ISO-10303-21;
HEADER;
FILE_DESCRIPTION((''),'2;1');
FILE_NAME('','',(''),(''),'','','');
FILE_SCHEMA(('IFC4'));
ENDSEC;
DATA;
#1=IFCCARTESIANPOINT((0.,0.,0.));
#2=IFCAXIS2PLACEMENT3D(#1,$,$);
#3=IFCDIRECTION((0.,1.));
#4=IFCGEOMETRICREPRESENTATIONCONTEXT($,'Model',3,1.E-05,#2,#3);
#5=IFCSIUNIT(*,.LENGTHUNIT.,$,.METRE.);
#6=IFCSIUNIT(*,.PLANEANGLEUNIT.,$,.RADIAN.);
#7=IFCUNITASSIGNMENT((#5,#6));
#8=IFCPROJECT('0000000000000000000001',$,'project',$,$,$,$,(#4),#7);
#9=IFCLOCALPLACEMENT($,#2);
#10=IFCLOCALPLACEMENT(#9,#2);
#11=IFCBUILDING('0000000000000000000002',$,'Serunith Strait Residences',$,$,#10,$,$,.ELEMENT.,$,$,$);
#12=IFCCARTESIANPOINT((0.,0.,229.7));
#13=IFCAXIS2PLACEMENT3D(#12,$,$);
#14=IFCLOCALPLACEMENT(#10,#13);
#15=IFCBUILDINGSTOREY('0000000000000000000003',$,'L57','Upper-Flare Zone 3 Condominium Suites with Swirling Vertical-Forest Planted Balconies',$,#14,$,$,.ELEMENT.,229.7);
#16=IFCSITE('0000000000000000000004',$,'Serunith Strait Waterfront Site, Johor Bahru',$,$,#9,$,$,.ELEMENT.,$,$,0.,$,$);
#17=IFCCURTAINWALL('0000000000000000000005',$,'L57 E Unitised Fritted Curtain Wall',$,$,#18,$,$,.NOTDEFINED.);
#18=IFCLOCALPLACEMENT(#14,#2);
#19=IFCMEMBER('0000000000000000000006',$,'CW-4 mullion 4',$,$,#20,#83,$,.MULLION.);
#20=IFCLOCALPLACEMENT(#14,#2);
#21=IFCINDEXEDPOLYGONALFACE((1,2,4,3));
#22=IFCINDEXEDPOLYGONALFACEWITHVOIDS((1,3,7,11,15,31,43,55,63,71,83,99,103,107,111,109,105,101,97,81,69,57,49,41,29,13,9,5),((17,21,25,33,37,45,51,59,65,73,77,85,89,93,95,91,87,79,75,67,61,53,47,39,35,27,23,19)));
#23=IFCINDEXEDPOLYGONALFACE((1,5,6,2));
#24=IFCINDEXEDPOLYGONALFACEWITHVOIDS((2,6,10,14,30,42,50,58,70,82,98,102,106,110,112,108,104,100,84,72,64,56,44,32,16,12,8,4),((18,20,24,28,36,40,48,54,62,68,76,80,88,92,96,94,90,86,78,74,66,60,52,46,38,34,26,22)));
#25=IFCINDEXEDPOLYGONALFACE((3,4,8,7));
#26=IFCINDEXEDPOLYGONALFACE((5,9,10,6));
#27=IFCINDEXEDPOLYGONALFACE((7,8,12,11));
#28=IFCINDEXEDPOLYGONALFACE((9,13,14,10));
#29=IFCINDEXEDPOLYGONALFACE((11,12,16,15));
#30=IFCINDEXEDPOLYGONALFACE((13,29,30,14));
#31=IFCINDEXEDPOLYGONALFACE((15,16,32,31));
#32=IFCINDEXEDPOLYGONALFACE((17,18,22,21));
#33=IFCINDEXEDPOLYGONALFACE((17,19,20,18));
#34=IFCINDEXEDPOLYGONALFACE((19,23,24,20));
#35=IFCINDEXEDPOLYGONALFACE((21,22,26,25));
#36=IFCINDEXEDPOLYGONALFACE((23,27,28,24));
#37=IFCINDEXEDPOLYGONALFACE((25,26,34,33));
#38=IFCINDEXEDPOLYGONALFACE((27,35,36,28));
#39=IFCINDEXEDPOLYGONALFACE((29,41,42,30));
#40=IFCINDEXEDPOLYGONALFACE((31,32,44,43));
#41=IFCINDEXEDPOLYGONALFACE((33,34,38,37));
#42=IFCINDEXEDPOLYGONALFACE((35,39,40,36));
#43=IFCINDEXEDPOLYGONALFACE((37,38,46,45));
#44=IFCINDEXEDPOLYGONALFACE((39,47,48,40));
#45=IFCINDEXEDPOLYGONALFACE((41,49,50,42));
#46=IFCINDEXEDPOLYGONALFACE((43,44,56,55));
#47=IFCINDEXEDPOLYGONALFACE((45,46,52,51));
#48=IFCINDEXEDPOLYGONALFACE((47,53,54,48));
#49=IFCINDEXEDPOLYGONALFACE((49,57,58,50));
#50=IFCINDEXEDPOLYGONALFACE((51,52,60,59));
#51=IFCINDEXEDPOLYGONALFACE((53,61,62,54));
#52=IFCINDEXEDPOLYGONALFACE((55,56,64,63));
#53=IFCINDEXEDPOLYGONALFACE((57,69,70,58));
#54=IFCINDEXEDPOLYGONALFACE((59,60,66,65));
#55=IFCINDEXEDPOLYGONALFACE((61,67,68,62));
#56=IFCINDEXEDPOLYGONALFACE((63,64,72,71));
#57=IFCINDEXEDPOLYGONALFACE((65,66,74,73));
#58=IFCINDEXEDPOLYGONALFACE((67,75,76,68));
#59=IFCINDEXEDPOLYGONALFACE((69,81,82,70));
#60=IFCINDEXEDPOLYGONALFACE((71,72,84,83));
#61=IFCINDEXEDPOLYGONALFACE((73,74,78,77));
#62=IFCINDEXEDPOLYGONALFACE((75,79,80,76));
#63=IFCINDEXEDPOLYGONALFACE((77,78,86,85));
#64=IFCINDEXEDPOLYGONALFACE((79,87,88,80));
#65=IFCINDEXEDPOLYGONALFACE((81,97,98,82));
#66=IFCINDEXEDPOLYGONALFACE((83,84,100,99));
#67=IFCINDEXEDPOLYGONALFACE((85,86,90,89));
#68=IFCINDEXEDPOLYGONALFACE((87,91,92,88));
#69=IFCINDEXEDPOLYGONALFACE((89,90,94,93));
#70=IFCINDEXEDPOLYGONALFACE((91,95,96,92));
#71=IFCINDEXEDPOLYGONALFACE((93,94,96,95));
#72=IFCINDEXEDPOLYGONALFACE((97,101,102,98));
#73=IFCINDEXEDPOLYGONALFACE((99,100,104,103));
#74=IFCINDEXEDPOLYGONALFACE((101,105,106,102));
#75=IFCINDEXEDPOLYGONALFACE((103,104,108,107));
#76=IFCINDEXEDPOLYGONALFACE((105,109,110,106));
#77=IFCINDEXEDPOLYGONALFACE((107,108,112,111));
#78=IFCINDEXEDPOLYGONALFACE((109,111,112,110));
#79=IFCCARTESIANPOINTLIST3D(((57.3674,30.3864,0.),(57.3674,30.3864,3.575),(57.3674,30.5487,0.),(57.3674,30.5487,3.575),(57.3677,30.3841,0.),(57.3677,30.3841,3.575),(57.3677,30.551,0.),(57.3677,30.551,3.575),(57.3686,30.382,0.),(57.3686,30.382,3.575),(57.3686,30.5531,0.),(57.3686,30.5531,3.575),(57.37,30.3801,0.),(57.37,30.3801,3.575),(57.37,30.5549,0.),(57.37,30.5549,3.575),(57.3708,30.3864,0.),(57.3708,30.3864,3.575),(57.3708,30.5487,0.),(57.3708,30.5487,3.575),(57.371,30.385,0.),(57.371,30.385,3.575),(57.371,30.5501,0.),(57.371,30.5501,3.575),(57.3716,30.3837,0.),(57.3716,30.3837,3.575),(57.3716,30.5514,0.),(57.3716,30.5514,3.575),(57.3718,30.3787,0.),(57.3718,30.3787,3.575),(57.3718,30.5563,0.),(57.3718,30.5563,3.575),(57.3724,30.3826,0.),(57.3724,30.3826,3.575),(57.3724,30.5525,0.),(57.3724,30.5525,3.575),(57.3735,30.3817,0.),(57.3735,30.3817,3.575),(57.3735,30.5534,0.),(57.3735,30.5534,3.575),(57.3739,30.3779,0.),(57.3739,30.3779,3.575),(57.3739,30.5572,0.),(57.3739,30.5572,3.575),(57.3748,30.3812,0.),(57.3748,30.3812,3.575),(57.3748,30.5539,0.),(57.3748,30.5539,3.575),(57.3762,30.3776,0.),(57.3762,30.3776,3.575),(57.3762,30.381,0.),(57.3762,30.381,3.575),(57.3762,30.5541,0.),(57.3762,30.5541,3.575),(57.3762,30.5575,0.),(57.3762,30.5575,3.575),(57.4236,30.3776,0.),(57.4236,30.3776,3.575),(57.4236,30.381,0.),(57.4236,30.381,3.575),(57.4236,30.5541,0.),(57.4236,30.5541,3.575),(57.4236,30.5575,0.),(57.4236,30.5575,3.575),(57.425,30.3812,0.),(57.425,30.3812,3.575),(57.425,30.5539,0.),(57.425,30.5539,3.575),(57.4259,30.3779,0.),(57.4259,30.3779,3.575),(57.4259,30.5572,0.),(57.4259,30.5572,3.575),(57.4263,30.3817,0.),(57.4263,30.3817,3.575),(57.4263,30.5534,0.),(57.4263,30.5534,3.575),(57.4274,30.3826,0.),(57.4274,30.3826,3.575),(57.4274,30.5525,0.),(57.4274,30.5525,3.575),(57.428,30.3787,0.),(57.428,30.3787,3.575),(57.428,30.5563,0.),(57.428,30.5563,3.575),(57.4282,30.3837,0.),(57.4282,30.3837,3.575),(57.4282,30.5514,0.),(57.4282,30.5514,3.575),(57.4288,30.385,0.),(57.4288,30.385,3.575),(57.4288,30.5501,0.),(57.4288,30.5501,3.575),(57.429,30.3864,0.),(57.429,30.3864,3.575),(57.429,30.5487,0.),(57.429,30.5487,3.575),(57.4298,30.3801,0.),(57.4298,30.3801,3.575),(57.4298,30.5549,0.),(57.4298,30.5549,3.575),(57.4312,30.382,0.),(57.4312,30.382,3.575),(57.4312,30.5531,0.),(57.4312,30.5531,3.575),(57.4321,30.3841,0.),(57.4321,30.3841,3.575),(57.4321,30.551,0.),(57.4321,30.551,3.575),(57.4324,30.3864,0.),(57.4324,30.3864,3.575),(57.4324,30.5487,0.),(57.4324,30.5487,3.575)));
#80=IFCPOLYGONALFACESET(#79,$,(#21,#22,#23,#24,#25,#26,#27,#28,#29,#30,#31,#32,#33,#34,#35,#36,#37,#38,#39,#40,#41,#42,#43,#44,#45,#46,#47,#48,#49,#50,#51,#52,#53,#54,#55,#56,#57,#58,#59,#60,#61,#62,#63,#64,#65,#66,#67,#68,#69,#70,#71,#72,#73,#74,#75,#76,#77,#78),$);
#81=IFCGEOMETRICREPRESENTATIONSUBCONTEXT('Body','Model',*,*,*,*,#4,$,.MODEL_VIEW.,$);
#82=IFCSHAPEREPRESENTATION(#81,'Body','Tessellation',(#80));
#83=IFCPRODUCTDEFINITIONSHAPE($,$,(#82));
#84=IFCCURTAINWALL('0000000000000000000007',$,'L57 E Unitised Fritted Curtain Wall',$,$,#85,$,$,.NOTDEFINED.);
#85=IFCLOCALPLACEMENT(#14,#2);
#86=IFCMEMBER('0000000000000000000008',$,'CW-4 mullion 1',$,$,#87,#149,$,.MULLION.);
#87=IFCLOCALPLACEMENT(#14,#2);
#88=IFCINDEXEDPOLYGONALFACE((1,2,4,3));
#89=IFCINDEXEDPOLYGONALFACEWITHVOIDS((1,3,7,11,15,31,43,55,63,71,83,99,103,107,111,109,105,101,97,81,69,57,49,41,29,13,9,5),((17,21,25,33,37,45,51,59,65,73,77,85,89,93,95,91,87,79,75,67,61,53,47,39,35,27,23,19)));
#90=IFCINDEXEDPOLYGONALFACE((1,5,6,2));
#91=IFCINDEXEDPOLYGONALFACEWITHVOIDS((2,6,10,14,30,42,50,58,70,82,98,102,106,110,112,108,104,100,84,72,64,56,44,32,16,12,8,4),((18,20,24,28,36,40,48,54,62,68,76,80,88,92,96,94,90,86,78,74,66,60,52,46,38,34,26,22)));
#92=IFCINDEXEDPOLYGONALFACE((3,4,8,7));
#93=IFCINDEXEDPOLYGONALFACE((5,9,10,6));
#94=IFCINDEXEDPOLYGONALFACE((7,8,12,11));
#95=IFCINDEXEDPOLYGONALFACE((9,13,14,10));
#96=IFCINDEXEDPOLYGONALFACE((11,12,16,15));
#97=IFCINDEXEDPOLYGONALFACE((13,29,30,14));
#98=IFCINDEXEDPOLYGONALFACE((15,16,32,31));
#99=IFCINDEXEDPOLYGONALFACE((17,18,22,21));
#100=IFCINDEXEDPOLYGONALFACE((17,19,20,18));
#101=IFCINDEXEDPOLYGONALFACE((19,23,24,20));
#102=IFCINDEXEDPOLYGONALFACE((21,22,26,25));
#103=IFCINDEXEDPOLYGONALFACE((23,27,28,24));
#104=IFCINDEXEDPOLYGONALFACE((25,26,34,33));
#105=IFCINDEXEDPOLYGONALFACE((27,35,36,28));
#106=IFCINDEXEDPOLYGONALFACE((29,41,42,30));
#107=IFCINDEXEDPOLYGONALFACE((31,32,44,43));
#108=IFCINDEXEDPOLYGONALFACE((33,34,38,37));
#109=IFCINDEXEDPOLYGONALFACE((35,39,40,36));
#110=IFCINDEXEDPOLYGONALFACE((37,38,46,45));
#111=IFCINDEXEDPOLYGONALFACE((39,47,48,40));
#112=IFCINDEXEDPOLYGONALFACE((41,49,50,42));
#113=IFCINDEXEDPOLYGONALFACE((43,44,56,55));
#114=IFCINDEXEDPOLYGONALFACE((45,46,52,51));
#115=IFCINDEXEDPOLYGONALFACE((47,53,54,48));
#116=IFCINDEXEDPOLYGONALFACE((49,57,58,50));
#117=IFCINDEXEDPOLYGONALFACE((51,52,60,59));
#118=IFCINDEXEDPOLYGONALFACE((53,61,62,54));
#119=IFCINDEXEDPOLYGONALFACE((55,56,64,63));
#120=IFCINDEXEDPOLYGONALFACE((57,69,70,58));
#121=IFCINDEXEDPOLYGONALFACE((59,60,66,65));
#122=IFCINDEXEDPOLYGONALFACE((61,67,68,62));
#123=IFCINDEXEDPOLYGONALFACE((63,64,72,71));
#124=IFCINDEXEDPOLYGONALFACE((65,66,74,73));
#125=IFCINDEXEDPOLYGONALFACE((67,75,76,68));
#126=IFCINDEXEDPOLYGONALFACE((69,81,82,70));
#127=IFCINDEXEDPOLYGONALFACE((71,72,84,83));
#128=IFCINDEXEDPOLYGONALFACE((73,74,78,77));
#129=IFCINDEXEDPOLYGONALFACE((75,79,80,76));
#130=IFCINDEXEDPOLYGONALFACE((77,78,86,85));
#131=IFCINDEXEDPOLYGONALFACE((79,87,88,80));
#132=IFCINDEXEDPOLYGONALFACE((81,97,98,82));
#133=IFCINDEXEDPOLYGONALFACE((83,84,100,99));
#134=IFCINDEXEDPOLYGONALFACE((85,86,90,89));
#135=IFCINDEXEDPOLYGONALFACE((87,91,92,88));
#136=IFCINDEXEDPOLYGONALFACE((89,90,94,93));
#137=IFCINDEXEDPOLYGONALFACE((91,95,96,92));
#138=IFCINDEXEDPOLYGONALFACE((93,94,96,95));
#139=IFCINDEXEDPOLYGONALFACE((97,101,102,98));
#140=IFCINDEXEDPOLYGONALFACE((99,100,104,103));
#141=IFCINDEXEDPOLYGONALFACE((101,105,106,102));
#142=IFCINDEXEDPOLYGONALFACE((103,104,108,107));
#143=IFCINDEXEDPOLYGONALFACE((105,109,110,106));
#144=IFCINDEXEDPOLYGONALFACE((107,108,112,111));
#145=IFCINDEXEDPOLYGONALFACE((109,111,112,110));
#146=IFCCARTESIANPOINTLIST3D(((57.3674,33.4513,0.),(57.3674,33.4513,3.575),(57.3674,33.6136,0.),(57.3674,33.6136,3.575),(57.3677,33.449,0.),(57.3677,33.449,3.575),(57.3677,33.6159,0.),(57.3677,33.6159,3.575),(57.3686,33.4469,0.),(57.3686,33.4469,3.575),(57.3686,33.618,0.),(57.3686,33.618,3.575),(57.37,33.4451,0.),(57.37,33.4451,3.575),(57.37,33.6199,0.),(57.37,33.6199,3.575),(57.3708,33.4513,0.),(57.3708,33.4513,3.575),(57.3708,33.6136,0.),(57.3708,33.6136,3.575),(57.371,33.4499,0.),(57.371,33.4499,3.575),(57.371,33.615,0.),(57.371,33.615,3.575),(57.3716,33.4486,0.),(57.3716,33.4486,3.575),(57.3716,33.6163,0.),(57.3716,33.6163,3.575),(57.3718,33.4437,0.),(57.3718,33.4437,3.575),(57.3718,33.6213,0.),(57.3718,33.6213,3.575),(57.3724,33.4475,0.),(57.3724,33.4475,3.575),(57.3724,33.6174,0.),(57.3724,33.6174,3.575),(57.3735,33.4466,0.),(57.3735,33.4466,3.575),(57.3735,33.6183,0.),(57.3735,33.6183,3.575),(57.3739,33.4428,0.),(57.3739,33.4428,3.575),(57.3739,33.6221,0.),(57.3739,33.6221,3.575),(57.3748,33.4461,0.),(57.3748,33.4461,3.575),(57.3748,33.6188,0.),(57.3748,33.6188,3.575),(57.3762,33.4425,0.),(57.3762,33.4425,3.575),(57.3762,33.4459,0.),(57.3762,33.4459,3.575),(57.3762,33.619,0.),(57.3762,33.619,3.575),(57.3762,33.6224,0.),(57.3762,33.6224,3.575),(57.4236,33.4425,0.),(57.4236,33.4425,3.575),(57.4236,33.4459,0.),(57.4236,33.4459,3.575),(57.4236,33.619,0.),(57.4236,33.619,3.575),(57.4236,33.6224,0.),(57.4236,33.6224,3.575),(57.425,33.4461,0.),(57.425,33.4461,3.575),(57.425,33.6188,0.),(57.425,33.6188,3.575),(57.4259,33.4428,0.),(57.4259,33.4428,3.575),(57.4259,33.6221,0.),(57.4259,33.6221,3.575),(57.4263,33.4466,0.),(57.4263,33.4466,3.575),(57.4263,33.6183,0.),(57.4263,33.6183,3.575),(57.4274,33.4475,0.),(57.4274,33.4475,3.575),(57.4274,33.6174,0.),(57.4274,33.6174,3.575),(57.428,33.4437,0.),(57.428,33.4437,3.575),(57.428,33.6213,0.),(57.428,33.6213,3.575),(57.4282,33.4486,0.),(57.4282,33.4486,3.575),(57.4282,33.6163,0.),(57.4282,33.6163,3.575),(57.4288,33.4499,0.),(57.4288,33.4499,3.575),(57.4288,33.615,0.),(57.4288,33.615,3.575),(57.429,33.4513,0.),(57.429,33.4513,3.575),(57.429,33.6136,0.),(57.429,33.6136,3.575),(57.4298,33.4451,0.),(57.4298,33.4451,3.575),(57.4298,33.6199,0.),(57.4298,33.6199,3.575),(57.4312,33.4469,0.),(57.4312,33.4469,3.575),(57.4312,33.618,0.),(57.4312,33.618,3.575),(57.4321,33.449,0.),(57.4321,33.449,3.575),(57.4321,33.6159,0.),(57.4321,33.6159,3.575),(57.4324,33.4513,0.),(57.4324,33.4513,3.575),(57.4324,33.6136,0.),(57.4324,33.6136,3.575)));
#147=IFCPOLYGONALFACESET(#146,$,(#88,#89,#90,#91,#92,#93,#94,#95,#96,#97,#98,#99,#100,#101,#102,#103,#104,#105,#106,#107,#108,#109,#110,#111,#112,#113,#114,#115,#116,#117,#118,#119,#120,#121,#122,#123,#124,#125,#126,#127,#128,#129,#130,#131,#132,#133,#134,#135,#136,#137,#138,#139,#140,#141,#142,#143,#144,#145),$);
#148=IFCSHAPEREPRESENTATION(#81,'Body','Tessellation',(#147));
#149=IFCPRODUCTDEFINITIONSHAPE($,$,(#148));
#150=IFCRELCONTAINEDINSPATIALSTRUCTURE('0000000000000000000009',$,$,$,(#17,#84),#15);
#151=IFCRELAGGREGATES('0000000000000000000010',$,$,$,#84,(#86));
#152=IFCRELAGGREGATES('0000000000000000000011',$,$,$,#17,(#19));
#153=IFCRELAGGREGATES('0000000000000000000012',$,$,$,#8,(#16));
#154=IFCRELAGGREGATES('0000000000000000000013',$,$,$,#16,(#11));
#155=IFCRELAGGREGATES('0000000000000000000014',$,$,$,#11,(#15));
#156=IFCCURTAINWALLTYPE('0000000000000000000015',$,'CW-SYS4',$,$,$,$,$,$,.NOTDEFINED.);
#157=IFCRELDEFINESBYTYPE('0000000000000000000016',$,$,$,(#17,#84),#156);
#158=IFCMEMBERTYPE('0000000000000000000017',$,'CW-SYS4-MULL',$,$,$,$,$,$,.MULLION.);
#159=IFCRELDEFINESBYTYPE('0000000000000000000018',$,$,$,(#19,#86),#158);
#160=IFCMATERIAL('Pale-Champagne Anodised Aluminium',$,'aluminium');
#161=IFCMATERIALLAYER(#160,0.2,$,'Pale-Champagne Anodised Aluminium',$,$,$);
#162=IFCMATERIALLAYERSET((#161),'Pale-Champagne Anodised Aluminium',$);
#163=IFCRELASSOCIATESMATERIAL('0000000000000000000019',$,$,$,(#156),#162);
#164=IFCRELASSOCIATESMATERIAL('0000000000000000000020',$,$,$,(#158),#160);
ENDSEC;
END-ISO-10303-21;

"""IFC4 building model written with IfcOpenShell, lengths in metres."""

from ifc_helpers import new_model, si_unit, direction, frame, origin, origin_2d, place, context, subcontext, project, spatial, hollow_rectangle, extrude, source, transform, mapped, material, layer, layer_set, material_profile, profile_set, type_object, element, aggregate, save


model = new_model("IFC4")

# Units and contexts
model_context = context("Model", 3, precision=1e-05, world=origin(), true_north=direction((0.0, 1.0)))
body_context = subcontext(model_context, "Body", "Model", "MODEL_VIEW")
ifc_project = project(units=[si_unit("LENGTHUNIT", "METRE"), si_unit("PLANEANGLEUNIT", "RADIAN")], contexts=[model_context])

# Site, building, storey
site_placement = place(None, origin())
site = spatial("IfcSite", under=ifc_project, at=site_placement, Name="Serunith Strait Waterfront Site, Johor Bahru", CompositionType="ELEMENT", RefElevation=0.0)
building_placement = place(site_placement, origin())
building = spatial("IfcBuilding", under=site, at=building_placement, Name="Serunith Strait Residences", CompositionType="ELEMENT")
storey_placement = place(building_placement, frame((0.0, 0.0, 229.7)))
storey = spatial("IfcBuildingStorey", under=building, at=storey_placement, Name="L57", Description="Upper-Flare Zone 3 Condominium Suites with Swirling Vertical-Forest Planted Balconies", CompositionType="ELEMENT", Elevation=229.7)

# Curtain walls, members
ifc_material_1 = material(Name="Pale-Champagne Anodised Aluminium", Category="aluminium")
ifc_layer_1 = layer(ifc_material_1, 0.2, Name="Pale-Champagne Anodised Aluminium")
ifc_layer_set_1 = layer_set([ifc_layer_1], Name="Pale-Champagne Anodised Aluminium")
curtain_wall_type = type_object("IfcCurtainWallType", Name="CW-SYS4", PredefinedType="NOTDEFINED", material=ifc_layer_set_1)
curtain_wall_1_placement = place(storey_placement, origin())
curtain_wall_1 = element("IfcCurtainWall", 1, at=curtain_wall_1_placement, inside=storey, type_object=curtain_wall_type, Name="L57 E Unitised Fritted Curtain Wall", PredefinedType="NOTDEFINED")
ifc_material_profile_1 = material_profile(ifc_material_1, hollow_rectangle(XDim=0.0649, YDim=0.1799, WallThickness=0.0034, InnerFilletRadius=0.0054, OuterFilletRadius=0.0088, at=origin_2d()), Name="ALU 180x65x3.5")
ifc_profile_set_1 = profile_set([ifc_material_profile_1], Name="Pale-Champagne Anodised Aluminium")
member_type_1 = type_object("IfcMemberType", Name="CW-SYS4-MULL", PredefinedType="MULLION", material=ifc_profile_set_1)
shared_shape_1 = source(origin(), body_context, "Body", "SweptSolid", [
    extrude(hollow_rectangle(XDim=0.0649, YDim=0.1799, WallThickness=0.0034, InnerFilletRadius=0.0054, OuterFilletRadius=0.0088, at=origin_2d()), origin(), (0.0, 0.0, 1.0), 3.575),
])
member_1_placement = place(storey_placement, frame((57.3999, 30.4675, 0.0), z_axis=(0.0, 0.0, 1.0), x_axis=(-1.0, 0.0, 0.0)))
member_1 = element("IfcMember", 2, at=member_1_placement, type_object=member_type_1, Name="CW-4 mullion 4", PredefinedType="MULLION", context=body_context, shape_type="MappedRepresentation", body=[
    mapped(shared_shape_1, transform((0.0, 0.0, 0.0), scale=1.0)),
])
curtain_wall_2_placement = place(storey_placement, origin())
curtain_wall_2 = element("IfcCurtainWall", 3, at=curtain_wall_2_placement, inside=storey, type_object=curtain_wall_type, Name="L57 E Unitised Fritted Curtain Wall", PredefinedType="NOTDEFINED")
member_2_placement = place(storey_placement, frame((57.3999, 33.5325, 0.0), z_axis=(0.0, 0.0, 1.0), x_axis=(-1.0, 0.0, 0.0)))
member_2 = element("IfcMember", 4, at=member_2_placement, type_object=member_type_1, Name="CW-4 mullion 1", PredefinedType="MULLION", context=body_context, shape_type="MappedRepresentation", body=[
    mapped(shared_shape_1, transform((0.0, 0.0, 0.0), scale=1.0)),
])

aggregate(curtain_wall_2, [member_2])

aggregate(curtain_wall_1, [member_1])

save(model, "model.ifc")
